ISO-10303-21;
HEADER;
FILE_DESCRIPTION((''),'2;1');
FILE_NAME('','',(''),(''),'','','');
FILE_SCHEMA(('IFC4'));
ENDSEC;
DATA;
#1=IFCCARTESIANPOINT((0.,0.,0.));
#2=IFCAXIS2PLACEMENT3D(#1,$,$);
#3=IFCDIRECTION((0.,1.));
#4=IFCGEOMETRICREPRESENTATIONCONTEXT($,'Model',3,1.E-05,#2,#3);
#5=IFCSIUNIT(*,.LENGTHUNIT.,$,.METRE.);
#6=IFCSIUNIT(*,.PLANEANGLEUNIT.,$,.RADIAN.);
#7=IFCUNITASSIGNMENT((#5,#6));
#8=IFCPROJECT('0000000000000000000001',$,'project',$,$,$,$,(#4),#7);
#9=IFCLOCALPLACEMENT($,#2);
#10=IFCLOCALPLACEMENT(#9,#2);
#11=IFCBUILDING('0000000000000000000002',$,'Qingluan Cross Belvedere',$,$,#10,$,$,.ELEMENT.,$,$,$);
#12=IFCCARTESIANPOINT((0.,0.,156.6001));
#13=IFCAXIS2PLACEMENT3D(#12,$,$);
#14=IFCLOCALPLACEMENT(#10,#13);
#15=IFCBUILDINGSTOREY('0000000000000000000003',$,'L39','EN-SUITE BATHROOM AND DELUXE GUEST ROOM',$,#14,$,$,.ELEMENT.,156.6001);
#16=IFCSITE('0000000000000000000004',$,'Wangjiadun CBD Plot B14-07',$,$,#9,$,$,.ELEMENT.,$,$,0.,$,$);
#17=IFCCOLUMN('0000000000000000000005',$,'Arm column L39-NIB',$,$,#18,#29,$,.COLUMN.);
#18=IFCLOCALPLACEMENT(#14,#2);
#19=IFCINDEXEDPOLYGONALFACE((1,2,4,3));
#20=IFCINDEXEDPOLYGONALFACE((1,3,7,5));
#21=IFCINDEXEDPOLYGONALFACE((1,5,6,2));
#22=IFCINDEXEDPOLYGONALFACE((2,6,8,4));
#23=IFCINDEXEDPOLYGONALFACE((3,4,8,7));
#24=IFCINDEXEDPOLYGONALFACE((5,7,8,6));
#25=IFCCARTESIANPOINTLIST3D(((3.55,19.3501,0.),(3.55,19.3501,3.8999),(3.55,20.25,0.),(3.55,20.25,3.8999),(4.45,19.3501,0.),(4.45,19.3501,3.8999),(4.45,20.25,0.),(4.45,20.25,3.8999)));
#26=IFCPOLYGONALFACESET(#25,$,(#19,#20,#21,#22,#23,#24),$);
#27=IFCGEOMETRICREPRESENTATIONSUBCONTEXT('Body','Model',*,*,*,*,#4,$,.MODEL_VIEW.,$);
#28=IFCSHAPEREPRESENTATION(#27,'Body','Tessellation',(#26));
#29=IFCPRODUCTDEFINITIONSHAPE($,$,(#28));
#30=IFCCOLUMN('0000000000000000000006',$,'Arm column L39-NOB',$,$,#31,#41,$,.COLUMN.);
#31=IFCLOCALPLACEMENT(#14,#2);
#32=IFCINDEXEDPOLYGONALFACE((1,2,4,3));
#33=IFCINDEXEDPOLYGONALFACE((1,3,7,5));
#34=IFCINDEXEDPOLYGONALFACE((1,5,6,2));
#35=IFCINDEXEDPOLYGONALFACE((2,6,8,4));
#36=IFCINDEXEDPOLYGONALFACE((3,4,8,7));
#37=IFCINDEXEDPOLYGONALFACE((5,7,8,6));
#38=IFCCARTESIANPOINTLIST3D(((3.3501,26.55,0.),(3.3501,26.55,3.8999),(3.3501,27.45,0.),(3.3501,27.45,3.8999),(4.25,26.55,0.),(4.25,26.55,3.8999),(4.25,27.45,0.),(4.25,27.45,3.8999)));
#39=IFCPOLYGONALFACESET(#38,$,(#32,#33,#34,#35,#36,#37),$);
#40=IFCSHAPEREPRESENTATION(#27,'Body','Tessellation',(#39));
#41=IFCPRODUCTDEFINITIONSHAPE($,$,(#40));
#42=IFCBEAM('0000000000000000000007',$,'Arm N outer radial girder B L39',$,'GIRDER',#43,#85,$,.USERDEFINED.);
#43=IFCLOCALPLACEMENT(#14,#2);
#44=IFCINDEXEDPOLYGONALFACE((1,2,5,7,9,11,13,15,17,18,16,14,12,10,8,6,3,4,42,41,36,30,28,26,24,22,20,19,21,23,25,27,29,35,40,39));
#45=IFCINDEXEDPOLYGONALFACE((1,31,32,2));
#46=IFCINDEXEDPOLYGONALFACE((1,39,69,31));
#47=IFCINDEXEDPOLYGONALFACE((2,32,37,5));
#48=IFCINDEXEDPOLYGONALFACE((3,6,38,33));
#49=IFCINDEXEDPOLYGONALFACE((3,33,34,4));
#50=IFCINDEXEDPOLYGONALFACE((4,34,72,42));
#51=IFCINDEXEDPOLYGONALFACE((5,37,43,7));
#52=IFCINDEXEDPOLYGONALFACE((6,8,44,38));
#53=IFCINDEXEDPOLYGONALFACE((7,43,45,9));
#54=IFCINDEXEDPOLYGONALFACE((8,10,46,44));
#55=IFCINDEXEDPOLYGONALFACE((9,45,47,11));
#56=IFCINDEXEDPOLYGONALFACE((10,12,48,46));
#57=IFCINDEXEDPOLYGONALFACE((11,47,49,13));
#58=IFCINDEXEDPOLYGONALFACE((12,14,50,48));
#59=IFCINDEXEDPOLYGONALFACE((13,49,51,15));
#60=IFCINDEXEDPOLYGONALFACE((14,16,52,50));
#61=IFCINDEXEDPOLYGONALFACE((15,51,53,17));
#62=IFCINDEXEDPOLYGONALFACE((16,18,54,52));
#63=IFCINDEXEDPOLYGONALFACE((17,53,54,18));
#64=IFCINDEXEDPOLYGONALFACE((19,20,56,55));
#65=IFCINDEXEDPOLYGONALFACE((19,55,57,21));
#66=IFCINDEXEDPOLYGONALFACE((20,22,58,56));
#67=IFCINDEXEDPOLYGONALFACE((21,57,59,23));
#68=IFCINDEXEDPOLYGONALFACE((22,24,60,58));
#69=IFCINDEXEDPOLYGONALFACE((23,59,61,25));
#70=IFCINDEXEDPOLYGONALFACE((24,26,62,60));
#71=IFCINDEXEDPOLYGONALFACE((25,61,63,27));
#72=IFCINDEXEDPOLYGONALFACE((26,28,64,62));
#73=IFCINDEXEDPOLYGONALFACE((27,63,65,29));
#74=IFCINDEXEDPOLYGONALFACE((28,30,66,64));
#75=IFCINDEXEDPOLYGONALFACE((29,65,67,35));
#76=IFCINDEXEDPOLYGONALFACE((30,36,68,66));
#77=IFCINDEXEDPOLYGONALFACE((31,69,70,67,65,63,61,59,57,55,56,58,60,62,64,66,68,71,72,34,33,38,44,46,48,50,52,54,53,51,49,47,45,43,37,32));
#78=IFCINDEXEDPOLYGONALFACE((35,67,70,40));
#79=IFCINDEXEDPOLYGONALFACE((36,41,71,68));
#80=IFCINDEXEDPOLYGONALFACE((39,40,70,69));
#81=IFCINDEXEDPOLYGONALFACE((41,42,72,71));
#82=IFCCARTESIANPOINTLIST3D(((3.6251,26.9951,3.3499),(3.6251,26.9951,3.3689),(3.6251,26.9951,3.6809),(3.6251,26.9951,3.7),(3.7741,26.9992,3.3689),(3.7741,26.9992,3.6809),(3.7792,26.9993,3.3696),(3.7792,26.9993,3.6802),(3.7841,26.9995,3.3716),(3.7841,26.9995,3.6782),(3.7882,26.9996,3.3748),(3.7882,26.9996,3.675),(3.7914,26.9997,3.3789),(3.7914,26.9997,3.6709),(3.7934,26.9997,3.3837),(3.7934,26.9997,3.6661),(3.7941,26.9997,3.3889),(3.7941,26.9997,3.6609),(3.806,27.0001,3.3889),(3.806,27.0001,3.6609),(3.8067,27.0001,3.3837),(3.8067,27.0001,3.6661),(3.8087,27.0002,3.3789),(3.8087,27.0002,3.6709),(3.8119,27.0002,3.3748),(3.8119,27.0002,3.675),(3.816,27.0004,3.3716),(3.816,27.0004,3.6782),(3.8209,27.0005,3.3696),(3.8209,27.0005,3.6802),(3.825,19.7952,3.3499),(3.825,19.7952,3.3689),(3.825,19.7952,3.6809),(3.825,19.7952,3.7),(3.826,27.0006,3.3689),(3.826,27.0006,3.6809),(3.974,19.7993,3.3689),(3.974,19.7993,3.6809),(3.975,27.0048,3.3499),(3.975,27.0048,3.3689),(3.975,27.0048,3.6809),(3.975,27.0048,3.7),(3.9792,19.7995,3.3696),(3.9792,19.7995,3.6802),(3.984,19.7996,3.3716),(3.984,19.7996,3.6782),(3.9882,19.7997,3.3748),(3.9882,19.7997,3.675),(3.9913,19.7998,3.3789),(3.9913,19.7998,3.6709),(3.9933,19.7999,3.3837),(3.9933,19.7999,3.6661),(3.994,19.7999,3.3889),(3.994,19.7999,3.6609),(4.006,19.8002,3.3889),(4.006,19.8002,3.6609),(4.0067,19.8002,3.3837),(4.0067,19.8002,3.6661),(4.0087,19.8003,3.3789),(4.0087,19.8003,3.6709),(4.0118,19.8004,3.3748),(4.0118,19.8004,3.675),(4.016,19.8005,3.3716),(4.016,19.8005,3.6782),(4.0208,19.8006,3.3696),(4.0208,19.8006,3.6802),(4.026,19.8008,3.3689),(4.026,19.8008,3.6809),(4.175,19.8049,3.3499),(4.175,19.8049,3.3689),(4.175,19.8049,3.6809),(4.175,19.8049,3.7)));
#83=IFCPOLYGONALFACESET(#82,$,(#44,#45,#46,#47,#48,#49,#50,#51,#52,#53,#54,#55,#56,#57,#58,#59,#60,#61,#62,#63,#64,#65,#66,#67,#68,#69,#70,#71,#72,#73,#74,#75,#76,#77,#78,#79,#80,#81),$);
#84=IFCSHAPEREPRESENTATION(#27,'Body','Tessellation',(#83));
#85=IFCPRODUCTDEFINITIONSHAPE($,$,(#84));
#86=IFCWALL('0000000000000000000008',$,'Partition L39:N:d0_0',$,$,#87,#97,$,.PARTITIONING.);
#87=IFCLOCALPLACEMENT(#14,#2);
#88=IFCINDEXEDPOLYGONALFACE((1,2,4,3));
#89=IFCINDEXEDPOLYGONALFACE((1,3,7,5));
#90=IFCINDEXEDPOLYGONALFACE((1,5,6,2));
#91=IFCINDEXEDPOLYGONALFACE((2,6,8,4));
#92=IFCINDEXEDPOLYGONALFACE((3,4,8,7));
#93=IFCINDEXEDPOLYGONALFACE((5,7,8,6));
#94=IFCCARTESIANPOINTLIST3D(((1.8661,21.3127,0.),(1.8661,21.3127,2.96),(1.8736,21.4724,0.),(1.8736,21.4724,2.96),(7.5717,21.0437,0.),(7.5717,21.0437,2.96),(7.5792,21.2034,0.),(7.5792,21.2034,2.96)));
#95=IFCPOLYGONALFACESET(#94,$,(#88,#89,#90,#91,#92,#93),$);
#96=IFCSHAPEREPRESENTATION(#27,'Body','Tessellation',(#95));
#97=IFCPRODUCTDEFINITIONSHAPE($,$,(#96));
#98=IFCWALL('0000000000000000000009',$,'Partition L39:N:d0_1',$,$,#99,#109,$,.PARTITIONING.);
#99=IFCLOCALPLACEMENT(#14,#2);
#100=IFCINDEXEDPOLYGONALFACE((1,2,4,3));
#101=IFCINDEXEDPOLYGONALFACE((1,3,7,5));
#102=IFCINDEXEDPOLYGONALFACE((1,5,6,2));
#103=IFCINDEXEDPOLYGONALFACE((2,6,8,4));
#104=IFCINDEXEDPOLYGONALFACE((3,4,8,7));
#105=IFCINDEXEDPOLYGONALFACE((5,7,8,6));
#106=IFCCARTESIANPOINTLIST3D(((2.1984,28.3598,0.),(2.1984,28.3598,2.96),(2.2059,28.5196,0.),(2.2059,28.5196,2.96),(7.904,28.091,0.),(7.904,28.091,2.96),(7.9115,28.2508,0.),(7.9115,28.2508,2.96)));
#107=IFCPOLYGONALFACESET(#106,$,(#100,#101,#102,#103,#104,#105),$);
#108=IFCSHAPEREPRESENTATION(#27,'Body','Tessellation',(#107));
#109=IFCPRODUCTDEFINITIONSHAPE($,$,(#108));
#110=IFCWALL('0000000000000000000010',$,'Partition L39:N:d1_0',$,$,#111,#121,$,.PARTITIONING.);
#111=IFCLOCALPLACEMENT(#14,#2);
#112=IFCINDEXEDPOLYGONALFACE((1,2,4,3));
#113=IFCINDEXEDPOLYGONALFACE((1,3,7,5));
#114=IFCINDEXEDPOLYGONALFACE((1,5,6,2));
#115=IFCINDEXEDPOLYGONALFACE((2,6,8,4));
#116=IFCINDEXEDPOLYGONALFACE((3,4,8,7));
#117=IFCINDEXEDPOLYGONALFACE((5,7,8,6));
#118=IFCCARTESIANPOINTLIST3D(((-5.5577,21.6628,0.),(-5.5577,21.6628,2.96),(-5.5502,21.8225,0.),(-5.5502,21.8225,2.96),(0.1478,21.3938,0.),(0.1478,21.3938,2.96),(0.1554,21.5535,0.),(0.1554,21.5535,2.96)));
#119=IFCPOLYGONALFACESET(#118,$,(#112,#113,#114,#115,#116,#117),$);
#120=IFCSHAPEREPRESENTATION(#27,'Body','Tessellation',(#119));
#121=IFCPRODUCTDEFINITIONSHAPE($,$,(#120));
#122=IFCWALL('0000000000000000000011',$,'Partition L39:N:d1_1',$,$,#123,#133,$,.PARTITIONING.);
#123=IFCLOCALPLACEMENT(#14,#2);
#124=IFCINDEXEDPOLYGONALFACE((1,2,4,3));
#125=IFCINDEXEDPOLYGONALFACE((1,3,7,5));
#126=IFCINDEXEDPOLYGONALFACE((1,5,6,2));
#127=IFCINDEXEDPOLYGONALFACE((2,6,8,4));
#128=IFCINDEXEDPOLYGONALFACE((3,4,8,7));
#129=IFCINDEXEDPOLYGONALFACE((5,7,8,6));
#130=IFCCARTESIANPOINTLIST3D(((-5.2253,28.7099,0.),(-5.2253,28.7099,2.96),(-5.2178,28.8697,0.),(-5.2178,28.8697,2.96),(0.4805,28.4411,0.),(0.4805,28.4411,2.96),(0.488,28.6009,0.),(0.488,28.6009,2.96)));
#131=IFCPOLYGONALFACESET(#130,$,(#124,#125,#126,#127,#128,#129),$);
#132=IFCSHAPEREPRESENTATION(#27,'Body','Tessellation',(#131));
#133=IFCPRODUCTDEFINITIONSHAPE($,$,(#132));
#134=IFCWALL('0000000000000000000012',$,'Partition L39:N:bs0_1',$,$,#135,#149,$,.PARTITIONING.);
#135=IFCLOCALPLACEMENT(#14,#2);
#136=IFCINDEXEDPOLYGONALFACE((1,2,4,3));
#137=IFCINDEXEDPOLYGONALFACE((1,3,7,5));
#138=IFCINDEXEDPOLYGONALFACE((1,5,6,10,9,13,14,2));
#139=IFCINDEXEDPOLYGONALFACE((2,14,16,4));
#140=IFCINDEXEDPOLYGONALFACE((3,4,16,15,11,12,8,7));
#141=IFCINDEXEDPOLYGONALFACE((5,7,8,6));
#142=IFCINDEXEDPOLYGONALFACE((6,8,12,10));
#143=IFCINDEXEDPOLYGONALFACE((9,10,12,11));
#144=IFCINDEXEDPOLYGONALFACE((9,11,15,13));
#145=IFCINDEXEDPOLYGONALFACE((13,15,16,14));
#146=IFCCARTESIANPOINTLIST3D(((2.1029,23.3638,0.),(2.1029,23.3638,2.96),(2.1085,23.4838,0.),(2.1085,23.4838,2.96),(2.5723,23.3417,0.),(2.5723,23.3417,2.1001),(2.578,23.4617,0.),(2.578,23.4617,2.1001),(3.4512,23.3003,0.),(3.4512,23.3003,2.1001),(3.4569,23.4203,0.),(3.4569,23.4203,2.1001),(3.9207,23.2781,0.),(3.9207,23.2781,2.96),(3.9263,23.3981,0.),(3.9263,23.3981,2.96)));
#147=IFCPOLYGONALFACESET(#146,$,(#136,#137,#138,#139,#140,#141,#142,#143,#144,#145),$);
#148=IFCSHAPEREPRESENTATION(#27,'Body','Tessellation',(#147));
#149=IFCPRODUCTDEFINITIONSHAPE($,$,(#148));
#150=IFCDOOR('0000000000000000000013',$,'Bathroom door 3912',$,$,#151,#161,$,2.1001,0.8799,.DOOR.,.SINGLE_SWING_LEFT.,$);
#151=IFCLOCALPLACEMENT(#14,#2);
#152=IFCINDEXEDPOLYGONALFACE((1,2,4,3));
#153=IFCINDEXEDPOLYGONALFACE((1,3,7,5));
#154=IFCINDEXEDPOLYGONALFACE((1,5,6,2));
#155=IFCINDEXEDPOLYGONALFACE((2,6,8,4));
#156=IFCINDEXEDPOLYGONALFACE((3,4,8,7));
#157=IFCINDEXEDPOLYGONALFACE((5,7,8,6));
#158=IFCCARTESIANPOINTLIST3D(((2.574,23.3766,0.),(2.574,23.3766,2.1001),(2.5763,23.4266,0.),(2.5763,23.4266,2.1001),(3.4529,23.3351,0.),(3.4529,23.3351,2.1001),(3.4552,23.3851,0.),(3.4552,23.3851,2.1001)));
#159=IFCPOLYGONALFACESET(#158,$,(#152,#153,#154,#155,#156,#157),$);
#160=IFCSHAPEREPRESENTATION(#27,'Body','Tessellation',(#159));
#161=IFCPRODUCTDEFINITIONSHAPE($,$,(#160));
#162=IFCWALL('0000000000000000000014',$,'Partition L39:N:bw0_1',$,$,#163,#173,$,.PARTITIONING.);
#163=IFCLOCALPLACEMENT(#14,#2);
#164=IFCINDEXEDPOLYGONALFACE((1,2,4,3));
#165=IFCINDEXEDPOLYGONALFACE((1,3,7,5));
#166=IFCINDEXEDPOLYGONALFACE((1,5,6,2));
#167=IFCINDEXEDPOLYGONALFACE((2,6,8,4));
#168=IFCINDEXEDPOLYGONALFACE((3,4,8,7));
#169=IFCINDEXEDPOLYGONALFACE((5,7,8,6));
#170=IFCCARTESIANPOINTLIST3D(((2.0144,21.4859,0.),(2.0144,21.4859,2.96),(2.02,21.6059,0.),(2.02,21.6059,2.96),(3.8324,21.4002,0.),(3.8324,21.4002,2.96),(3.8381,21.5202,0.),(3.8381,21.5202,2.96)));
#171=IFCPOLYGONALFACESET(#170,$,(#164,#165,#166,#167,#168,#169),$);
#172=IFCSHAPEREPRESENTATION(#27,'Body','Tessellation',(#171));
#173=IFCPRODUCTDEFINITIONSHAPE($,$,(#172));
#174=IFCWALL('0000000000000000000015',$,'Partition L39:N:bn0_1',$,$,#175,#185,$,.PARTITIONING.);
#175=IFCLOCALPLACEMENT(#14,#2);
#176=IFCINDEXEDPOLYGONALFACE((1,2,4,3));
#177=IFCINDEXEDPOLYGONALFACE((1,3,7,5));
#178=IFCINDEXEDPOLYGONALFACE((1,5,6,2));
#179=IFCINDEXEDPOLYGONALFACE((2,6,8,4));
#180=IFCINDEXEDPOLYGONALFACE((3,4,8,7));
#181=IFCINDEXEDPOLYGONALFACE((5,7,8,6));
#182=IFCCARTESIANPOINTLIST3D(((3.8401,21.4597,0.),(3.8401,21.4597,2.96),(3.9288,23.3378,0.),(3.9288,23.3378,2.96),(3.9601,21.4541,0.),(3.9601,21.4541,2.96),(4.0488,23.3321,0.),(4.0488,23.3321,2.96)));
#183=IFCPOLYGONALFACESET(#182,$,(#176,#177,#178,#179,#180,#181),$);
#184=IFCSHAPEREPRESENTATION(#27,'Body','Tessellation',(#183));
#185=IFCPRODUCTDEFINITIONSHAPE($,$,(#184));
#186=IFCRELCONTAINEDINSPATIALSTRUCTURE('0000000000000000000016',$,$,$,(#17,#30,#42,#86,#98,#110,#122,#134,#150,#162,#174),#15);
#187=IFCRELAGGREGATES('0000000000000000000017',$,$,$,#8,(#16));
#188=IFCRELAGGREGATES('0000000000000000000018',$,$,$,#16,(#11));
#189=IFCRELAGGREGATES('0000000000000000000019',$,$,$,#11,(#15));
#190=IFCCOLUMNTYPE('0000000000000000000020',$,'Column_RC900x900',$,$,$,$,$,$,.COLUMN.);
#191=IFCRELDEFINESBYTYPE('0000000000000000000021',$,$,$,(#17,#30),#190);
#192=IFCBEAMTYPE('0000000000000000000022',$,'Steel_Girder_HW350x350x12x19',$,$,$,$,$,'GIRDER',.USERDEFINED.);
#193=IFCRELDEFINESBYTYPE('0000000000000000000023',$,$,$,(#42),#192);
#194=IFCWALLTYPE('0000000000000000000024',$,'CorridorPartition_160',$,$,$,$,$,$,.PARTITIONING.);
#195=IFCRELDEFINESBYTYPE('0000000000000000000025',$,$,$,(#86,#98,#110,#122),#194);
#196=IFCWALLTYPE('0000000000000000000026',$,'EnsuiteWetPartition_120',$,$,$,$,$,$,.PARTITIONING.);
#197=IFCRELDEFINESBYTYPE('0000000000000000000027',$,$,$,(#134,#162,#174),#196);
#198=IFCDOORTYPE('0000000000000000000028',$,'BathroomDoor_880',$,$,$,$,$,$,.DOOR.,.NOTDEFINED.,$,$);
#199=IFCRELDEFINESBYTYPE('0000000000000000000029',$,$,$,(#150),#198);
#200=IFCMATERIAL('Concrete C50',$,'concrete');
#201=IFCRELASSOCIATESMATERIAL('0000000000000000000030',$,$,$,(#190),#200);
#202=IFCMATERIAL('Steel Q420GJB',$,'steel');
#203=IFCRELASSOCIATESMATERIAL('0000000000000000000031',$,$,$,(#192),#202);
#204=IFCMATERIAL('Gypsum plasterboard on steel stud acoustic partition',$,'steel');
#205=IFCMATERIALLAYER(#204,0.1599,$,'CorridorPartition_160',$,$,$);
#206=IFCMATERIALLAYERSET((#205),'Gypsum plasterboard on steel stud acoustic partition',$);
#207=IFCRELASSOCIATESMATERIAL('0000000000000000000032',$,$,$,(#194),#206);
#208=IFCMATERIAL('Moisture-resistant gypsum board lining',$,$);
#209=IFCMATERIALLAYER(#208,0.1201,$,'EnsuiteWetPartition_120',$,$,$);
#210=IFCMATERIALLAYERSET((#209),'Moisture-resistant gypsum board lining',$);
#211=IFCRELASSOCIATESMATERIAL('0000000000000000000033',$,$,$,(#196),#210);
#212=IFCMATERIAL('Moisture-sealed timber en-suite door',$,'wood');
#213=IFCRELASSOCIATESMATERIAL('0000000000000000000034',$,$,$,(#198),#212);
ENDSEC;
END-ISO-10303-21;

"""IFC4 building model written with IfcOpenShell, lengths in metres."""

from ifc_helpers import new_model, si_unit, direction, frame, frame_2d, origin, origin_2d, place, context, subcontext, project, spatial, rectangle, i_section, extrude, material, layer, layer_set, material_profile, profile_set, type_object, element, fill, save


model = new_model("IFC4")

# Units and contexts
model_context = context("Model", 3, precision=1e-05, world=origin(), true_north=direction((0.0, 1.0)))
body_context = subcontext(model_context, "Body", "Model", "MODEL_VIEW")
ifc_project = project(units=[si_unit("LENGTHUNIT", "METRE"), si_unit("PLANEANGLEUNIT", "RADIAN")], contexts=[model_context])

# Site, building, storey
site_placement = place(None, origin())
site = spatial("IfcSite", under=ifc_project, at=site_placement, Name="Wangjiadun CBD Plot B14-07", CompositionType="ELEMENT", RefElevation=0.0)
building_placement = place(site_placement, origin())
building = spatial("IfcBuilding", under=site, at=building_placement, Name="Qingluan Cross Belvedere", CompositionType="ELEMENT")
storey_placement = place(building_placement, frame((0.0, 0.0, 156.6001)))
storey = spatial("IfcBuildingStorey", under=building, at=storey_placement, Name="L39", Description="EN-SUITE BATHROOM AND DELUXE GUEST ROOM", CompositionType="ELEMENT", Elevation=156.6001)

# Columns
ifc_material_1 = material(Name="Concrete C50", Category="concrete")
ifc_material_profile_1 = material_profile(ifc_material_1, rectangle(XDim=0.8999, YDim=0.8999, at=origin_2d()), Name="RC900x900")
ifc_profile_set_1 = profile_set([ifc_material_profile_1], Name="Concrete C50")
column_type = type_object("IfcColumnType", Name="Column_RC900x900", PredefinedType="COLUMN", material=ifc_profile_set_1)
for number, where, z_axis, x_axis, name in (
    (1, (4.0, 19.8, 0.0), (0.0, 0.0, 1.0), (1.0, 0.0, 0.0), "Arm column L39-NIB"),
    (2, (3.8, 27.0, 0.0), (0.0, 0.0, 1.0), (1.0, 0.0, 0.0), "Arm column L39-NOB"),
):
    element("IfcColumn", number, at=place(storey_placement, frame(where, z_axis=z_axis, x_axis=x_axis)), inside=storey, type_object=column_type, Name=name, PredefinedType="COLUMN", context=body_context, shape_type="SweptSolid", body=[
        extrude(rectangle(XDim=0.8999, YDim=0.8999, at=origin_2d()), origin(), (0.0, 0.0, 1.0), 3.8999),
    ])

# Beam
ifc_material_2 = material(Name="Steel Q420GJB", Category="steel")
ifc_material_profile_2 = material_profile(ifc_material_2, i_section(OverallWidth=0.3501, OverallDepth=0.3501, WebThickness=0.012, FlangeThickness=0.019, FilletRadius=0.02, at=origin_2d()), Name="HW350x350x12x19")
ifc_profile_set_2 = profile_set([ifc_material_profile_2], Name="Steel Q420GJB")
beam_type = type_object("IfcBeamType", Name="Steel_Girder_HW350x350x12x19", ElementType="GIRDER", PredefinedType="USERDEFINED", material=ifc_profile_set_2)
beam_placement = place(storey_placement, frame((4.0, 19.8, 3.5249), z_axis=(-0.02776, 0.999615, 0.0), x_axis=(-0.999615, -0.02776, 0.0)))
element("IfcBeam", 3, at=beam_placement, inside=storey, type_object=beam_type, Name="Arm N outer radial girder B L39", ObjectType="GIRDER", PredefinedType="USERDEFINED", context=body_context, shape_type="SweptSolid", body=[
    extrude(i_section(OverallWidth=0.3501, OverallDepth=0.3501, WebThickness=0.012, FlangeThickness=0.019, FilletRadius=0.02, at=origin_2d()), origin(), (0.0, 0.0, 1.0), 7.2026),
])

# Walls
ifc_material_3 = material(Name="Gypsum plasterboard on steel stud acoustic partition", Category="steel")
ifc_layer_1 = layer(ifc_material_3, 0.1599, Name="CorridorPartition_160")
ifc_layer_set_1 = layer_set([ifc_layer_1], Name="Gypsum plasterboard on steel stud acoustic partition")
wall_type_1 = type_object("IfcWallType", Name="CorridorPartition_160", PredefinedType="PARTITIONING", material=ifc_layer_set_1)
for number, where, z_axis, x_axis, name in (
    (4, (1.8699, 21.3926, 0.0), (0.0, 0.0, 1.0), (0.99889, -0.047102, 0.0), "Partition L39:N:d0_0"),
    (5, (2.2021, 28.4397, 0.0), (0.0, 0.0, 1.0), (0.998892, -0.047059, 0.0), "Partition L39:N:d0_1"),
    (6, (0.1516, 21.4736, 0.0), (0.0, 0.0, 1.0), (-0.99889, 0.047102, 0.0), "Partition L39:N:d1_0"),
):
    element("IfcWall", number, at=place(storey_placement, frame(where, z_axis=z_axis, x_axis=x_axis)), inside=storey, type_object=wall_type_1, Name=name, PredefinedType="PARTITIONING", context=body_context, shape_type="SweptSolid", body=[
        extrude(rectangle(XDim=5.7119, YDim=0.1599, at=frame_2d((2.856, 0.0))), origin(), (0.0, 0.0, 1.0), 2.96),
    ])
wall_1_placement = place(storey_placement, frame((0.4841, 28.521, 0.0), z_axis=(0.0, 0.0, 1.0), x_axis=(-0.998892, 0.047057, 0.0)))
element("IfcWall", 7, at=wall_1_placement, inside=storey, type_object=wall_type_1, Name="Partition L39:N:d1_1", PredefinedType="PARTITIONING", context=body_context, shape_type="SweptSolid", body=[
    extrude(rectangle(XDim=5.7122, YDim=0.1599, at=frame_2d((2.856, 0.0))), origin(), (0.0, 0.0, 1.0), 2.96),
])

# Wall, opening, door
ifc_material_4 = material(Name="Moisture-resistant gypsum board lining")
ifc_layer_2 = layer(ifc_material_4, 0.1201, Name="EnsuiteWetPartition_120")
ifc_layer_set_2 = layer_set([ifc_layer_2], Name="Moisture-resistant gypsum board lining")
wall_type_2 = type_object("IfcWallType", Name="EnsuiteWetPartition_120", PredefinedType="PARTITIONING", material=ifc_layer_set_2)
wall_2_placement = place(storey_placement, frame((2.1057, 23.4238, 0.0), z_axis=(0.0, 0.0, 1.0), x_axis=(0.998891, -0.047087, 0.0)))
wall_2 = element("IfcWall", 8, at=wall_2_placement, inside=storey, type_object=wall_type_2, Name="Partition L39:N:bs0_1", PredefinedType="PARTITIONING", context=body_context, shape_type="SweptSolid", body=[
    extrude(rectangle(XDim=1.8198, YDim=0.1201, at=frame_2d((0.9099, 0.0))), origin(), (0.0, 0.0, 1.0), 2.96),
])
opening_1_placement = place(wall_2_placement, frame((0.47, 0.0, 0.0)))
opening_1 = element("IfcOpeningElement", 9, at=opening_1_placement, cuts=wall_2, PredefinedType="OPENING", context=body_context, shape_type="SweptSolid", body=[
    extrude(rectangle(XDim=0.8799, YDim=2.1001, at=frame_2d((0.4399, 1.05))), frame((0.0, 0.0701, 0.0), z_axis=(0.0, -1.0, 0.0), x_axis=(1.0, 0.0, 0.0)), (0.0, 0.0, 1.0), 0.1401),
])
ifc_material_5 = material(Name="Moisture-sealed timber en-suite door", Category="wood")
door_type = type_object("IfcDoorType", Name="BathroomDoor_880", OperationType="NOTDEFINED", PredefinedType="DOOR", material=ifc_material_5)
door_1_placement = place(opening_1_placement, origin())
door_1 = element("IfcDoor", 10, at=door_1_placement, inside=storey, type_object=door_type, Name="Bathroom door 3912", OperationType="SINGLE_SWING_LEFT", OverallHeight=2.1001, OverallWidth=0.8799, PredefinedType="DOOR", context=body_context, shape_type="SweptSolid", body=[
    extrude(rectangle(XDim=0.8799, YDim=2.1001, at=frame_2d((0.4399, 1.05))), frame((0.0, 0.0249, 0.0), z_axis=(0.0, -1.0, 0.0), x_axis=(1.0, 0.0, 0.0)), (0.0, 0.0, 1.0), 0.05),
])
fill(opening_1, door_1)

# Walls
wall_3_placement = place(storey_placement, frame((2.0171, 21.5459, 0.0), z_axis=(0.0, 0.0, 1.0), x_axis=(0.998891, -0.047081, 0.0)))
element("IfcWall", 11, at=wall_3_placement, inside=storey, type_object=wall_type_2, Name="Partition L39:N:bw0_1", PredefinedType="PARTITIONING", context=body_context, shape_type="SweptSolid", body=[
    extrude(rectangle(XDim=1.8201, YDim=0.1201, at=frame_2d((0.9102, 0.0))), origin(), (0.0, 0.0, 1.0), 2.96),
])
wall_4_placement = place(storey_placement, frame((3.9001, 21.457, 0.0), z_axis=(0.0, 0.0, 1.0), x_axis=(0.047139, 0.998888, 0.0)))
element("IfcWall", 12, at=wall_4_placement, inside=storey, type_object=wall_type_2, Name="Partition L39:N:bn0_1", PredefinedType="PARTITIONING", context=body_context, shape_type="SweptSolid", body=[
    extrude(rectangle(XDim=1.8801, YDim=0.1201, at=frame_2d((0.9399, 0.0))), origin(), (0.0, 0.0, 1.0), 2.96),
])

save(model, "model.ifc")
